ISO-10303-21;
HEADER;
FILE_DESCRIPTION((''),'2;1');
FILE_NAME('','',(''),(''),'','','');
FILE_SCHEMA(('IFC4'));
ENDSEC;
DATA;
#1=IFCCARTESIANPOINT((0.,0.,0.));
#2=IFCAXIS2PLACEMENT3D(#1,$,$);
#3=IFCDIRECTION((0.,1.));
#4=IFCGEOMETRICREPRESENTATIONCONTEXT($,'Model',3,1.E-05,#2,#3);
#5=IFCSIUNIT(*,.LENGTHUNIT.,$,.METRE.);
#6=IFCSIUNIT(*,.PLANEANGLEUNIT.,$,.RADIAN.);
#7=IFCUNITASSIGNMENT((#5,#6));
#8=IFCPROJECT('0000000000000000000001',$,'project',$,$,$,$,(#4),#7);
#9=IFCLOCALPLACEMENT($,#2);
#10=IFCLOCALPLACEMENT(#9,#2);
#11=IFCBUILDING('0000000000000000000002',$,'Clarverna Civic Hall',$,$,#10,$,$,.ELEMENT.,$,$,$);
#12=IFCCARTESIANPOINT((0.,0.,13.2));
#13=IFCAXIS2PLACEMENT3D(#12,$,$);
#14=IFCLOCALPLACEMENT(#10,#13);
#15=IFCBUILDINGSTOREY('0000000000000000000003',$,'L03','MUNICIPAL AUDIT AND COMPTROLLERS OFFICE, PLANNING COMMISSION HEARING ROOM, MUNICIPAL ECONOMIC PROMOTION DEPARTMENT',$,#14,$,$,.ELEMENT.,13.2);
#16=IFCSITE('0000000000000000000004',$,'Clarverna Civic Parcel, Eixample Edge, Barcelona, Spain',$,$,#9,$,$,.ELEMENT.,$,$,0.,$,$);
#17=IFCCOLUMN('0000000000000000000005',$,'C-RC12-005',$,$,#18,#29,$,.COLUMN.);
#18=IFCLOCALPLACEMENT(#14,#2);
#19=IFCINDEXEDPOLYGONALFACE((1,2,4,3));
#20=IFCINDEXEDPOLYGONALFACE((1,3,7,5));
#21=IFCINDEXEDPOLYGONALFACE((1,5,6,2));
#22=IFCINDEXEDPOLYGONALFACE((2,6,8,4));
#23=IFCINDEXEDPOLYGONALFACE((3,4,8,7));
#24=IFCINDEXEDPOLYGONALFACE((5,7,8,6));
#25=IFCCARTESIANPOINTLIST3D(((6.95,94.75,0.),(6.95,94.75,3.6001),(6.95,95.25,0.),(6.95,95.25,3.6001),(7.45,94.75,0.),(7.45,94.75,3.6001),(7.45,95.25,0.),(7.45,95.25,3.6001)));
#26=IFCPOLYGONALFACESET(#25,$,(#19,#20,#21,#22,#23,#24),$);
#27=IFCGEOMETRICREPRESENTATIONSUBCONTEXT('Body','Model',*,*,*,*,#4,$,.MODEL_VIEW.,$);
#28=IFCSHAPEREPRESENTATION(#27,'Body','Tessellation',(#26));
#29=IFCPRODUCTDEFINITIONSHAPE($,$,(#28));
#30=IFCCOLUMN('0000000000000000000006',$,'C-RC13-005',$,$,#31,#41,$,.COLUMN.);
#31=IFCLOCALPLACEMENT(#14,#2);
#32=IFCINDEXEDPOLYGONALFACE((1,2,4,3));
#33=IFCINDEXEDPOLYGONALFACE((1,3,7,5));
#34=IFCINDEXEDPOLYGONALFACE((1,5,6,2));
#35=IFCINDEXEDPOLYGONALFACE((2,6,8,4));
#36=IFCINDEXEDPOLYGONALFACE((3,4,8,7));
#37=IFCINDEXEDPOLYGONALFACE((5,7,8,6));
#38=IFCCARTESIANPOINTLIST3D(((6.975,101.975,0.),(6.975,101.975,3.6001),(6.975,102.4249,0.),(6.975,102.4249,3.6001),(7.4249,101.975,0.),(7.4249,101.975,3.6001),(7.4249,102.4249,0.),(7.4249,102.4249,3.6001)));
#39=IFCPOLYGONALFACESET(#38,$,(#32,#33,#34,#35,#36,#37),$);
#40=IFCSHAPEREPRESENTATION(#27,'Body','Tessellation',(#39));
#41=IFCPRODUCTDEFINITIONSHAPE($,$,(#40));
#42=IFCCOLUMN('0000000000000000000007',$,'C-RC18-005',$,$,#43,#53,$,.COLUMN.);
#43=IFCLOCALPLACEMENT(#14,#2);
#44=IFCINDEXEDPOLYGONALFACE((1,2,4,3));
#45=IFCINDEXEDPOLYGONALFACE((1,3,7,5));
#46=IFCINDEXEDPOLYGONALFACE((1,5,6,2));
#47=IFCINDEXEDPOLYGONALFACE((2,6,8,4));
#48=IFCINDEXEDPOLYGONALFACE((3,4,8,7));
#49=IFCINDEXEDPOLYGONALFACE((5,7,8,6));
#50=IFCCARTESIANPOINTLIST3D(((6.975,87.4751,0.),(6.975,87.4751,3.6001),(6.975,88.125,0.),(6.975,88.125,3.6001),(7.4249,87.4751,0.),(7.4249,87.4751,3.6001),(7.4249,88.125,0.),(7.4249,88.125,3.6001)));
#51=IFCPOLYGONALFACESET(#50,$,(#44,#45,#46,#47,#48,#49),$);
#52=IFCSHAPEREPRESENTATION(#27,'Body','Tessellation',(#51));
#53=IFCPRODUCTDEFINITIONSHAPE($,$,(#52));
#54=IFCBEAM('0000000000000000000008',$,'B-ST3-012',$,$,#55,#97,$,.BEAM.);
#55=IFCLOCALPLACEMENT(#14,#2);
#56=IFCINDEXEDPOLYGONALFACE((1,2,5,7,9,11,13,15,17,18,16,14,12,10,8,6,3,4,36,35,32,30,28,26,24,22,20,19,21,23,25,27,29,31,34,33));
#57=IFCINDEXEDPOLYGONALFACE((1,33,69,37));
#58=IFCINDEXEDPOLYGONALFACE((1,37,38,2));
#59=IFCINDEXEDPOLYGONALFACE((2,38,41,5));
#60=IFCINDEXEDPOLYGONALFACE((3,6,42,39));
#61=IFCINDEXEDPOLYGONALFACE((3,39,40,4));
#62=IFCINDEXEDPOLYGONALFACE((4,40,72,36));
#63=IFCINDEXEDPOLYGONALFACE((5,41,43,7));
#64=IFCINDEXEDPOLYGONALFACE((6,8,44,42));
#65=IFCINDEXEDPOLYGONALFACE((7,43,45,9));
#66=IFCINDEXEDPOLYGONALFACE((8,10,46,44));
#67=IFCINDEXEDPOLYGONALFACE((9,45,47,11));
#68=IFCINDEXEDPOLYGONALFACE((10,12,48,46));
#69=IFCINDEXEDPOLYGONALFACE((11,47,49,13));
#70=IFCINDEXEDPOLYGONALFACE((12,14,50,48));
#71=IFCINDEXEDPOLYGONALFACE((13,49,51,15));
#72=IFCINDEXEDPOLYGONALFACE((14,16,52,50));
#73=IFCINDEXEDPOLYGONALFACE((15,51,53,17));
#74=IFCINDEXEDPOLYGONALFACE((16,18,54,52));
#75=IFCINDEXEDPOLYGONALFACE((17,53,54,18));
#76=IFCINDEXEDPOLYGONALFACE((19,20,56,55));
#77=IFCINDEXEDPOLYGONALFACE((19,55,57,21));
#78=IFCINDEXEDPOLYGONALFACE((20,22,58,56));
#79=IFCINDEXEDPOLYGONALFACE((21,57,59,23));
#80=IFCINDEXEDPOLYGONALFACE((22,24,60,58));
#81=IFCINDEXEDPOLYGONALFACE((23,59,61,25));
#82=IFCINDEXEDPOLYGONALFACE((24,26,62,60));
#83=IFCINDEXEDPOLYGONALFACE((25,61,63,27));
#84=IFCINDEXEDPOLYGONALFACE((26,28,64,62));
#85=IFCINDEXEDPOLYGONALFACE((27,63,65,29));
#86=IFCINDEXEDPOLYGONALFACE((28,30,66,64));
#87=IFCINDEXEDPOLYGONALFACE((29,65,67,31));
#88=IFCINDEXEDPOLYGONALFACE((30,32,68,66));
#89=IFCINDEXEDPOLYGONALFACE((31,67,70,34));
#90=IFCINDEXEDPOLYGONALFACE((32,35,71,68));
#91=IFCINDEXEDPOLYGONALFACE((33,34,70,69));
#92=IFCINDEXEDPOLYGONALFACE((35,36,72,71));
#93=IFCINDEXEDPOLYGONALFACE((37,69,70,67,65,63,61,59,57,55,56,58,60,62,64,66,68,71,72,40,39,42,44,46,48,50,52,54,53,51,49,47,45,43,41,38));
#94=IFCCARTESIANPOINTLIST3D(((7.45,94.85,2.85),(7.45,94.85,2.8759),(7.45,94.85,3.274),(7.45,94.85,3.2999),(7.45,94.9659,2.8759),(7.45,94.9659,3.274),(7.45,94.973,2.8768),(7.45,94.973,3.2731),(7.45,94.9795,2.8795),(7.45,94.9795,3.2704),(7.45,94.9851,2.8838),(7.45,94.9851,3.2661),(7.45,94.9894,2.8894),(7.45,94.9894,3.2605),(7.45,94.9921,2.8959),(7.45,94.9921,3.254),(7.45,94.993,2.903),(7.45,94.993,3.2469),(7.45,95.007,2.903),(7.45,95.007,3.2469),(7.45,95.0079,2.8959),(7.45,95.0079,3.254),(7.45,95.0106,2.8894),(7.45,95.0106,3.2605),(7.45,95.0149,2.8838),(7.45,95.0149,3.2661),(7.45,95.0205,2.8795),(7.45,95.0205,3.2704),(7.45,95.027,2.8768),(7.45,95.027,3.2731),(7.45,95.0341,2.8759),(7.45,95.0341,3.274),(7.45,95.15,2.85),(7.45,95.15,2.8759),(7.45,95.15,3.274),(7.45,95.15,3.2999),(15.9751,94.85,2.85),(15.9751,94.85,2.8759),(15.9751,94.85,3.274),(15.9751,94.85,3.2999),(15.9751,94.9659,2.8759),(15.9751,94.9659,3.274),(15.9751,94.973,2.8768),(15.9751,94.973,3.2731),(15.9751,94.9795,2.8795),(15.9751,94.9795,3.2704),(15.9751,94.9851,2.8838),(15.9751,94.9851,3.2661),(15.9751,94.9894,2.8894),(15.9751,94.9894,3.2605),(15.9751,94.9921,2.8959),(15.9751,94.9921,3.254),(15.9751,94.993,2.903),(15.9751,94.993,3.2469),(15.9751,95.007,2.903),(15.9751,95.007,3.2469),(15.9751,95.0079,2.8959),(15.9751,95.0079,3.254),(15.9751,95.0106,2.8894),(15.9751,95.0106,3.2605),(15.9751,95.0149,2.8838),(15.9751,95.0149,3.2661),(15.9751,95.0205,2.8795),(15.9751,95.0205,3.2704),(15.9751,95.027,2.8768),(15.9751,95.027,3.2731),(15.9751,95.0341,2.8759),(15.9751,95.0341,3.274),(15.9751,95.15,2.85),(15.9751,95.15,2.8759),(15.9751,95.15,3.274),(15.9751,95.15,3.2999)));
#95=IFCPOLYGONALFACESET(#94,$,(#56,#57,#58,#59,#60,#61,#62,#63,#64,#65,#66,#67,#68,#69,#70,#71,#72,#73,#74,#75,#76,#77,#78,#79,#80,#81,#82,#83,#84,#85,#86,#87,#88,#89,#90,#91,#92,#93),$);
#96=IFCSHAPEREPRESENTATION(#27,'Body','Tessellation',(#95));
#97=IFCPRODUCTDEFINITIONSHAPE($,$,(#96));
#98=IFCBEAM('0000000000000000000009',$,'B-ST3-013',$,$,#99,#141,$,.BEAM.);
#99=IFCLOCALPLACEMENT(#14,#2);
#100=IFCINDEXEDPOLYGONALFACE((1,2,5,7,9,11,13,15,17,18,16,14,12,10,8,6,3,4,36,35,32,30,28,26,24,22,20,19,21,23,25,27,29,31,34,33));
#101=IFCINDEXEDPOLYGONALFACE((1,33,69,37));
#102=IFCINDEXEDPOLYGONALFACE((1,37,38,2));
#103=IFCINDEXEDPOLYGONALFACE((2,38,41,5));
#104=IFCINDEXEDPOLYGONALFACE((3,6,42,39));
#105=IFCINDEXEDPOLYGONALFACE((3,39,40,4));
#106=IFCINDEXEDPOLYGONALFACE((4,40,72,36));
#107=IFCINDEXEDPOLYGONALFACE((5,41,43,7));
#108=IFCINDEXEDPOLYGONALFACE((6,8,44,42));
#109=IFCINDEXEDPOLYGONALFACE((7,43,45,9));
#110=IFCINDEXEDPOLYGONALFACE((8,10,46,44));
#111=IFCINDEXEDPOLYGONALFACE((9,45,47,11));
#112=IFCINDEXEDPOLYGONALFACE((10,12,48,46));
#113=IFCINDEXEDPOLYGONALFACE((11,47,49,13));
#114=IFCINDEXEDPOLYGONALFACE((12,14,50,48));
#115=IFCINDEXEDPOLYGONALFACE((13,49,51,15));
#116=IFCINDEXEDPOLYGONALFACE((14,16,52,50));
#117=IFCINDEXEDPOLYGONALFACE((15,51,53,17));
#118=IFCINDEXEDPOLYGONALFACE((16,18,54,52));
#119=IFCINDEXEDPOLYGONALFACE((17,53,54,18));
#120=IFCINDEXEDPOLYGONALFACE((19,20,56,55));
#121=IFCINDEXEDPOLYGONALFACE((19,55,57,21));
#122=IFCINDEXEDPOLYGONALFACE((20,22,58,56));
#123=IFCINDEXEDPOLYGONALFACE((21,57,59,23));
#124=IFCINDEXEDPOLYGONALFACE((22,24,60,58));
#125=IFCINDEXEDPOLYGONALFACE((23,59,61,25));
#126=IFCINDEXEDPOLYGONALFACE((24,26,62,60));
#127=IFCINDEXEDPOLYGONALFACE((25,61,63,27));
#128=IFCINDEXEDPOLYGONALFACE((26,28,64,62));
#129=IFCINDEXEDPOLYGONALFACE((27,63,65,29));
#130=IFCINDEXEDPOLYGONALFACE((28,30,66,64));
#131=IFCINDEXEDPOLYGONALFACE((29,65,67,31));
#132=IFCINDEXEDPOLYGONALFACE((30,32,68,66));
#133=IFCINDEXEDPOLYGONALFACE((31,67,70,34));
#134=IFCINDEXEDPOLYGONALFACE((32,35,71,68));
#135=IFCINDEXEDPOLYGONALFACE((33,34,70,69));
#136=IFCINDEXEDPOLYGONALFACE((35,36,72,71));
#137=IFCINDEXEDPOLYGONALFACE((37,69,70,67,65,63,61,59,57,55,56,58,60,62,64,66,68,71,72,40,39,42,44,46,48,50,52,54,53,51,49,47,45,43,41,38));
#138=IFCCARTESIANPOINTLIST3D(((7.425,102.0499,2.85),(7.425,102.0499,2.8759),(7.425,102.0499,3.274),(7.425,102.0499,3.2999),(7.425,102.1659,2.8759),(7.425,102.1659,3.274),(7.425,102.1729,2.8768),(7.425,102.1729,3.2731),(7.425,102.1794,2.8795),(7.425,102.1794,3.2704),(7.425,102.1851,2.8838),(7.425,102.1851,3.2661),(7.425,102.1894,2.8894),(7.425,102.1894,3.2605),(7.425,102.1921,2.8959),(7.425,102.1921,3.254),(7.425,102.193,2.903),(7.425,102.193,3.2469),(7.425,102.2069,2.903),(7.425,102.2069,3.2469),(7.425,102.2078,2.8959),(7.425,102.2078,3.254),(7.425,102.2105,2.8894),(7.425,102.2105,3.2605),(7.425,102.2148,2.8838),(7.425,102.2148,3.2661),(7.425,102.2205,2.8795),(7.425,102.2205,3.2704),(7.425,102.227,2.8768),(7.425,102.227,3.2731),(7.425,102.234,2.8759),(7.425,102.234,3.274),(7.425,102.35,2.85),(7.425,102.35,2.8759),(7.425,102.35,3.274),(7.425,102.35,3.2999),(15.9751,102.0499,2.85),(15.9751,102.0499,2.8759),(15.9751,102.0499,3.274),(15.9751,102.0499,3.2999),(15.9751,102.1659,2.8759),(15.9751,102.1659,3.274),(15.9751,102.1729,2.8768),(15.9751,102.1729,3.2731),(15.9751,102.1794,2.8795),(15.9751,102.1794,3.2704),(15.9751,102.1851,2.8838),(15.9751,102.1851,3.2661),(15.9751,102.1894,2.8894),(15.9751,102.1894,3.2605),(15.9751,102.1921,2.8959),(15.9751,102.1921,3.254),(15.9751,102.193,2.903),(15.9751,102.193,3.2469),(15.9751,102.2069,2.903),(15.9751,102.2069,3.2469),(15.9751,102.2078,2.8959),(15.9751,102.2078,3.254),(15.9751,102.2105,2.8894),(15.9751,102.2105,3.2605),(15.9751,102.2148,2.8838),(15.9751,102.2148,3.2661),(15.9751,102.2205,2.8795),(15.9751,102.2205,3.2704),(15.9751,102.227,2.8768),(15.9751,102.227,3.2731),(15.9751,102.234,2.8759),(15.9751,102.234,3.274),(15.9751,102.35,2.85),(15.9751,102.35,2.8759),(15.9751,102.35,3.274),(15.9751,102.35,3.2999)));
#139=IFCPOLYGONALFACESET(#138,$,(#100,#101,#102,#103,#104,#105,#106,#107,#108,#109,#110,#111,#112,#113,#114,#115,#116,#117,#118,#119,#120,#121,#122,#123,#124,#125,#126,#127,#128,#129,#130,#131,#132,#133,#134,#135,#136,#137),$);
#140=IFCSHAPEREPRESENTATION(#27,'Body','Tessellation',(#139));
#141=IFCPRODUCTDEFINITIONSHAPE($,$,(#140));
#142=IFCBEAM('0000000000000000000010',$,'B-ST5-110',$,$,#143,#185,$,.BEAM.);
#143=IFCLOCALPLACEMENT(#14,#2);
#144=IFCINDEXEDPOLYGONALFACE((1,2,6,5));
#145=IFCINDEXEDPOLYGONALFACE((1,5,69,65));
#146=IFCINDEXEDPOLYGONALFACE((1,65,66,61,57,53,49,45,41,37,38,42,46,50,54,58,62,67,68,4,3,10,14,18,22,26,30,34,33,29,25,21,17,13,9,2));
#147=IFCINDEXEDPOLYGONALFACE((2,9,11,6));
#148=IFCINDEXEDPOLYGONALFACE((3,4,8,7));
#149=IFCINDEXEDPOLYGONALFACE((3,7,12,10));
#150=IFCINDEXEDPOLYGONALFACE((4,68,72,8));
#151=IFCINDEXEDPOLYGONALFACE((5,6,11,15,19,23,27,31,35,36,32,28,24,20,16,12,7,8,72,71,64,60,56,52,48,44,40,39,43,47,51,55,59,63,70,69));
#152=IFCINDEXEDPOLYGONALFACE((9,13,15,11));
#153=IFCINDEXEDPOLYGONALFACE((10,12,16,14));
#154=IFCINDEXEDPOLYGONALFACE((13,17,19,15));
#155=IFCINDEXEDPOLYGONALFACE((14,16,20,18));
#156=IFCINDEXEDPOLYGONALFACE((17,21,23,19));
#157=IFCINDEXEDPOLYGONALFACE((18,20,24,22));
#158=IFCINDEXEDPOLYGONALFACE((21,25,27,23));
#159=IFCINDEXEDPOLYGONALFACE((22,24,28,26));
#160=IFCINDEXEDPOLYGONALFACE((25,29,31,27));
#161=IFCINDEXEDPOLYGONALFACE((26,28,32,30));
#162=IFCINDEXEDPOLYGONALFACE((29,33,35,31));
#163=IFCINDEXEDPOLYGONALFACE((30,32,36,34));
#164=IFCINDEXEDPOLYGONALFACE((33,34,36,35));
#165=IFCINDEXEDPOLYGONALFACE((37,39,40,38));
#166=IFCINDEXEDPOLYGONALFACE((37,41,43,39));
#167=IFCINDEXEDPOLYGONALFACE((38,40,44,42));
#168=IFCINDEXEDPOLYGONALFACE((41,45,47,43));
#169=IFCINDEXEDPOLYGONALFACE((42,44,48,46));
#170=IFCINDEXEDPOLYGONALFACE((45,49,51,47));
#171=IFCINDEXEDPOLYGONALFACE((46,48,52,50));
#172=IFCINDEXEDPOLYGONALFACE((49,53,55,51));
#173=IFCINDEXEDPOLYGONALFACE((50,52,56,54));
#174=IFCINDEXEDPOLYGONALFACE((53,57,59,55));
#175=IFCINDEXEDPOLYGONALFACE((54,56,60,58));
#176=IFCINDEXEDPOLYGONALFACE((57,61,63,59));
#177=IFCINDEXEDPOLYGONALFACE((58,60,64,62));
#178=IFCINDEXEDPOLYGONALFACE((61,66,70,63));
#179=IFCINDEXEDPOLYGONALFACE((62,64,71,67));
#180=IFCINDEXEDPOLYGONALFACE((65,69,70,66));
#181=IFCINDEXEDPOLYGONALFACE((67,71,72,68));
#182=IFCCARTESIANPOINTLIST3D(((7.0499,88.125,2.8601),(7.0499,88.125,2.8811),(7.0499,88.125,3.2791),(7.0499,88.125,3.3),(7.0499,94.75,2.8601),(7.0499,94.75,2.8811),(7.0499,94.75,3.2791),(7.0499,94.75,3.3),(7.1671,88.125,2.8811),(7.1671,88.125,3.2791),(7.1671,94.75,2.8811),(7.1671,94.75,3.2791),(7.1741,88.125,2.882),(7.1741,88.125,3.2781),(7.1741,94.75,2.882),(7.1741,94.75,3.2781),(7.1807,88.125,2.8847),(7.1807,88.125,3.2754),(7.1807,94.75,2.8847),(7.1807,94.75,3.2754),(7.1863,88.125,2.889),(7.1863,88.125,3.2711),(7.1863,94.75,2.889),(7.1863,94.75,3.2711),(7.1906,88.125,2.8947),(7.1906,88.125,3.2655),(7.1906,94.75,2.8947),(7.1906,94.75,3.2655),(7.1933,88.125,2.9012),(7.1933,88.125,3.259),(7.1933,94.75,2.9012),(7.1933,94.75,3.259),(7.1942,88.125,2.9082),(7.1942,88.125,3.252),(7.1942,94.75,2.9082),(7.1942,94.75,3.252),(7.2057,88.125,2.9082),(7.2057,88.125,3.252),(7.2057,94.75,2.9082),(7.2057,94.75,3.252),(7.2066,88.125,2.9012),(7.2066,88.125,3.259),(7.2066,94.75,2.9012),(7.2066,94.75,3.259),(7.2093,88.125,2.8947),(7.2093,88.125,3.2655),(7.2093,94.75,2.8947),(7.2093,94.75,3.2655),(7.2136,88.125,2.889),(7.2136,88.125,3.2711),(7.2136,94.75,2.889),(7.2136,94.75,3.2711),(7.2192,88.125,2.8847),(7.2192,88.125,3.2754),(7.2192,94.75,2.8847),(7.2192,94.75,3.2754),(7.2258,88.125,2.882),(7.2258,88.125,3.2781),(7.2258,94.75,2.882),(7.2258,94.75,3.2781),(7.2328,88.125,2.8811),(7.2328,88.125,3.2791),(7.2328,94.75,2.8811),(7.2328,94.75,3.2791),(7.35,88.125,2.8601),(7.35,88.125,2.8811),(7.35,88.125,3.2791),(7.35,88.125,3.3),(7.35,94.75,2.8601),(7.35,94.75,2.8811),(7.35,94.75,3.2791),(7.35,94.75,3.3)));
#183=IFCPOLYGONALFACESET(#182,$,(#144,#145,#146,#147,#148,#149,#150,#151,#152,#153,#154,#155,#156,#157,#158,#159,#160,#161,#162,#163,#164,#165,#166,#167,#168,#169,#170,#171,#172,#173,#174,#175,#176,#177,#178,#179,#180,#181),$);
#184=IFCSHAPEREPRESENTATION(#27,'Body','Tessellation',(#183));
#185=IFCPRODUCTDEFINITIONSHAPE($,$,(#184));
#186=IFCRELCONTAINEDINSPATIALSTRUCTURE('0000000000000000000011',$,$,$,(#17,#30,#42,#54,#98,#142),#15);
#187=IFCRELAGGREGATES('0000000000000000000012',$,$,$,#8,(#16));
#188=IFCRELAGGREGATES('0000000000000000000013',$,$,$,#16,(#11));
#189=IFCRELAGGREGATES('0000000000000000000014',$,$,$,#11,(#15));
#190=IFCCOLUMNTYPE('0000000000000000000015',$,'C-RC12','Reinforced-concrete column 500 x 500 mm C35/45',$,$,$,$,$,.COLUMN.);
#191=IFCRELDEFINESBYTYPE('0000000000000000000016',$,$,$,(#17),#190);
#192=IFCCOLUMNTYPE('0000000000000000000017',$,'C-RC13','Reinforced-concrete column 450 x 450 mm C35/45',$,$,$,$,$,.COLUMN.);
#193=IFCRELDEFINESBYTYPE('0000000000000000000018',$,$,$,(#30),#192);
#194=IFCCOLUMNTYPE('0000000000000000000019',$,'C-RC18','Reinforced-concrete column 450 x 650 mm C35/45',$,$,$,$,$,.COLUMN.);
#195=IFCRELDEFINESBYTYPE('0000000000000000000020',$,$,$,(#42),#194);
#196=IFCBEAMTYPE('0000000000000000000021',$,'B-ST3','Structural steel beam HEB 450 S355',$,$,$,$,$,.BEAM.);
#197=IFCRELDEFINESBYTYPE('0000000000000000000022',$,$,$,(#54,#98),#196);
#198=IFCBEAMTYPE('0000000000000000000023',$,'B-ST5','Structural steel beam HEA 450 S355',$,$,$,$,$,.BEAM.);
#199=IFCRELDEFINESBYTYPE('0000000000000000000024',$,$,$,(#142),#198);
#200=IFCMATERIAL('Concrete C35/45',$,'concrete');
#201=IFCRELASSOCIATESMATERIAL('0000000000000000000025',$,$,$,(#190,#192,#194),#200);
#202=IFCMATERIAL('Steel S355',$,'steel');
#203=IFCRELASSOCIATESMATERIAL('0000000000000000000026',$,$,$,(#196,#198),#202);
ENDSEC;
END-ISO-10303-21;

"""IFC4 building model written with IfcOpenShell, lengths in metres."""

from ifc_helpers import new_model, si_unit, direction, frame, origin, origin_2d, place, context, subcontext, project, spatial, rectangle, i_section, extrude, material, material_profile, profile_set, type_object, element, save


model = new_model("IFC4")

# Units and contexts
model_context = context("Model", 3, precision=1e-05, world=origin(), true_north=direction((0.0, 1.0)))
body_context = subcontext(model_context, "Body", "Model", "MODEL_VIEW")
ifc_project = project(units=[si_unit("LENGTHUNIT", "METRE"), si_unit("PLANEANGLEUNIT", "RADIAN")], contexts=[model_context])

# Site, building, storey
site_placement = place(None, origin())
site = spatial("IfcSite", under=ifc_project, at=site_placement, Name="Clarverna Civic Parcel, Eixample Edge, Barcelona, Spain", CompositionType="ELEMENT", RefElevation=0.0)
building_placement = place(site_placement, origin())
building = spatial("IfcBuilding", under=site, at=building_placement, Name="Clarverna Civic Hall", CompositionType="ELEMENT")
storey_placement = place(building_placement, frame((0.0, 0.0, 13.2)))
storey = spatial("IfcBuildingStorey", under=building, at=storey_placement, Name="L03", Description="MUNICIPAL AUDIT AND COMPTROLLERS OFFICE, PLANNING COMMISSION HEARING ROOM, MUNICIPAL ECONOMIC PROMOTION DEPARTMENT", CompositionType="ELEMENT", Elevation=13.2)

# Columns
ifc_material_1 = material(Name="Concrete C35/45", Category="concrete")
ifc_material_profile_1 = material_profile(ifc_material_1, rectangle(XDim=0.5, YDim=0.5, at=origin_2d()), Name="RC 500x500")
ifc_profile_set_1 = profile_set([ifc_material_profile_1], Name="Concrete C35/45")
column_type_1 = type_object("IfcColumnType", Name="C-RC12", Description="Reinforced-concrete column 500 x 500 mm C35/45", PredefinedType="COLUMN", material=ifc_profile_set_1)
column_1_placement = place(storey_placement, frame((7.2, 95.0, 0.0), z_axis=(0.0, 0.0, 1.0), x_axis=(1.0, 0.0, 0.0)))
element("IfcColumn", 1, at=column_1_placement, inside=storey, type_object=column_type_1, Name="C-RC12-005", PredefinedType="COLUMN", context=body_context, shape_type="SweptSolid", body=[
    extrude(rectangle(XDim=0.5, YDim=0.5, at=origin_2d()), origin(), (0.0, 0.0, 1.0), 3.6001),
])
ifc_material_profile_2 = material_profile(ifc_material_1, rectangle(XDim=0.45, YDim=0.45, at=origin_2d()), Name="RC 450x450")
ifc_profile_set_2 = profile_set([ifc_material_profile_2], Name="Concrete C35/45")
column_type_2 = type_object("IfcColumnType", Name="C-RC13", Description="Reinforced-concrete column 450 x 450 mm C35/45", PredefinedType="COLUMN", material=ifc_profile_set_2)
column_2_placement = place(storey_placement, frame((7.2, 102.2, 0.0), z_axis=(0.0, 0.0, 1.0), x_axis=(1.0, 0.0, 0.0)))
element("IfcColumn", 2, at=column_2_placement, inside=storey, type_object=column_type_2, Name="C-RC13-005", PredefinedType="COLUMN", context=body_context, shape_type="SweptSolid", body=[
    extrude(rectangle(XDim=0.45, YDim=0.45, at=origin_2d()), origin(), (0.0, 0.0, 1.0), 3.6001),
])
ifc_material_profile_3 = material_profile(ifc_material_1, rectangle(XDim=0.45, YDim=0.6499, at=origin_2d()), Name="RC 450x650")
ifc_profile_set_3 = profile_set([ifc_material_profile_3], Name="Concrete C35/45")
column_type_3 = type_object("IfcColumnType", Name="C-RC18", Description="Reinforced-concrete column 450 x 650 mm C35/45", PredefinedType="COLUMN", material=ifc_profile_set_3)
column_3_placement = place(storey_placement, frame((7.2, 87.8, 0.0), z_axis=(0.0, 0.0, 1.0), x_axis=(1.0, 0.0, 0.0)))
element("IfcColumn", 3, at=column_3_placement, inside=storey, type_object=column_type_3, Name="C-RC18-005", PredefinedType="COLUMN", context=body_context, shape_type="SweptSolid", body=[
    extrude(rectangle(XDim=0.45, YDim=0.6499, at=origin_2d()), origin(), (0.0, 0.0, 1.0), 3.6001),
])

# Beams
ifc_material_2 = material(Name="Steel S355", Category="steel")
ifc_material_profile_4 = material_profile(ifc_material_2, i_section(OverallWidth=0.3, OverallDepth=0.45, WebThickness=0.0139, FlangeThickness=0.0259, FilletRadius=0.0271, at=origin_2d()), Name="HEB 450")
ifc_profile_set_4 = profile_set([ifc_material_profile_4], Name="Steel S355")
beam_type_1 = type_object("IfcBeamType", Name="B-ST3", Description="Structural steel beam HEB 450 S355", PredefinedType="BEAM", material=ifc_profile_set_4)
beam_1_placement = place(storey_placement, frame((7.45, 95.0, 3.075), z_axis=(1.0, 0.0, 0.0), x_axis=(0.0, 1.0, 0.0)))
element("IfcBeam", 4, at=beam_1_placement, inside=storey, type_object=beam_type_1, Name="B-ST3-012", PredefinedType="BEAM", context=body_context, shape_type="SweptSolid", body=[
    extrude(i_section(OverallWidth=0.3, OverallDepth=0.45, WebThickness=0.0139, FlangeThickness=0.0259, FilletRadius=0.0271, at=origin_2d()), origin(), (0.0, 0.0, 1.0), 8.5251),
])
beam_2_placement = place(storey_placement, frame((7.425, 102.2, 3.075), z_axis=(1.0, 0.0, 0.0), x_axis=(0.0, 1.0, 0.0)))
element("IfcBeam", 5, at=beam_2_placement, inside=storey, type_object=beam_type_1, Name="B-ST3-013", PredefinedType="BEAM", context=body_context, shape_type="SweptSolid", body=[
    extrude(i_section(OverallWidth=0.3, OverallDepth=0.45, WebThickness=0.0139, FlangeThickness=0.0259, FilletRadius=0.0271, at=origin_2d()), origin(), (0.0, 0.0, 1.0), 8.55),
])
ifc_material_profile_5 = material_profile(ifc_material_2, i_section(OverallWidth=0.3, OverallDepth=0.4399, WebThickness=0.0115, FlangeThickness=0.021, FilletRadius=0.0271, at=origin_2d()), Name="HEA 450")
ifc_profile_set_5 = profile_set([ifc_material_profile_5], Name="Steel S355")
beam_type_2 = type_object("IfcBeamType", Name="B-ST5", Description="Structural steel beam HEA 450 S355", PredefinedType="BEAM", material=ifc_profile_set_5)
beam_3_placement = place(storey_placement, frame((7.2, 88.125, 3.0801), z_axis=(0.0, 1.0, 0.0), x_axis=(-1.0, 0.0, 0.0)))
element("IfcBeam", 6, at=beam_3_placement, inside=storey, type_object=beam_type_2, Name="B-ST5-110", PredefinedType="BEAM", context=body_context, shape_type="SweptSolid", body=[
    extrude(i_section(OverallWidth=0.3, OverallDepth=0.4399, WebThickness=0.0115, FlangeThickness=0.021, FilletRadius=0.0271, at=origin_2d()), origin(), (0.0, 0.0, 1.0), 6.625),
])

save(model, "model.ifc")
